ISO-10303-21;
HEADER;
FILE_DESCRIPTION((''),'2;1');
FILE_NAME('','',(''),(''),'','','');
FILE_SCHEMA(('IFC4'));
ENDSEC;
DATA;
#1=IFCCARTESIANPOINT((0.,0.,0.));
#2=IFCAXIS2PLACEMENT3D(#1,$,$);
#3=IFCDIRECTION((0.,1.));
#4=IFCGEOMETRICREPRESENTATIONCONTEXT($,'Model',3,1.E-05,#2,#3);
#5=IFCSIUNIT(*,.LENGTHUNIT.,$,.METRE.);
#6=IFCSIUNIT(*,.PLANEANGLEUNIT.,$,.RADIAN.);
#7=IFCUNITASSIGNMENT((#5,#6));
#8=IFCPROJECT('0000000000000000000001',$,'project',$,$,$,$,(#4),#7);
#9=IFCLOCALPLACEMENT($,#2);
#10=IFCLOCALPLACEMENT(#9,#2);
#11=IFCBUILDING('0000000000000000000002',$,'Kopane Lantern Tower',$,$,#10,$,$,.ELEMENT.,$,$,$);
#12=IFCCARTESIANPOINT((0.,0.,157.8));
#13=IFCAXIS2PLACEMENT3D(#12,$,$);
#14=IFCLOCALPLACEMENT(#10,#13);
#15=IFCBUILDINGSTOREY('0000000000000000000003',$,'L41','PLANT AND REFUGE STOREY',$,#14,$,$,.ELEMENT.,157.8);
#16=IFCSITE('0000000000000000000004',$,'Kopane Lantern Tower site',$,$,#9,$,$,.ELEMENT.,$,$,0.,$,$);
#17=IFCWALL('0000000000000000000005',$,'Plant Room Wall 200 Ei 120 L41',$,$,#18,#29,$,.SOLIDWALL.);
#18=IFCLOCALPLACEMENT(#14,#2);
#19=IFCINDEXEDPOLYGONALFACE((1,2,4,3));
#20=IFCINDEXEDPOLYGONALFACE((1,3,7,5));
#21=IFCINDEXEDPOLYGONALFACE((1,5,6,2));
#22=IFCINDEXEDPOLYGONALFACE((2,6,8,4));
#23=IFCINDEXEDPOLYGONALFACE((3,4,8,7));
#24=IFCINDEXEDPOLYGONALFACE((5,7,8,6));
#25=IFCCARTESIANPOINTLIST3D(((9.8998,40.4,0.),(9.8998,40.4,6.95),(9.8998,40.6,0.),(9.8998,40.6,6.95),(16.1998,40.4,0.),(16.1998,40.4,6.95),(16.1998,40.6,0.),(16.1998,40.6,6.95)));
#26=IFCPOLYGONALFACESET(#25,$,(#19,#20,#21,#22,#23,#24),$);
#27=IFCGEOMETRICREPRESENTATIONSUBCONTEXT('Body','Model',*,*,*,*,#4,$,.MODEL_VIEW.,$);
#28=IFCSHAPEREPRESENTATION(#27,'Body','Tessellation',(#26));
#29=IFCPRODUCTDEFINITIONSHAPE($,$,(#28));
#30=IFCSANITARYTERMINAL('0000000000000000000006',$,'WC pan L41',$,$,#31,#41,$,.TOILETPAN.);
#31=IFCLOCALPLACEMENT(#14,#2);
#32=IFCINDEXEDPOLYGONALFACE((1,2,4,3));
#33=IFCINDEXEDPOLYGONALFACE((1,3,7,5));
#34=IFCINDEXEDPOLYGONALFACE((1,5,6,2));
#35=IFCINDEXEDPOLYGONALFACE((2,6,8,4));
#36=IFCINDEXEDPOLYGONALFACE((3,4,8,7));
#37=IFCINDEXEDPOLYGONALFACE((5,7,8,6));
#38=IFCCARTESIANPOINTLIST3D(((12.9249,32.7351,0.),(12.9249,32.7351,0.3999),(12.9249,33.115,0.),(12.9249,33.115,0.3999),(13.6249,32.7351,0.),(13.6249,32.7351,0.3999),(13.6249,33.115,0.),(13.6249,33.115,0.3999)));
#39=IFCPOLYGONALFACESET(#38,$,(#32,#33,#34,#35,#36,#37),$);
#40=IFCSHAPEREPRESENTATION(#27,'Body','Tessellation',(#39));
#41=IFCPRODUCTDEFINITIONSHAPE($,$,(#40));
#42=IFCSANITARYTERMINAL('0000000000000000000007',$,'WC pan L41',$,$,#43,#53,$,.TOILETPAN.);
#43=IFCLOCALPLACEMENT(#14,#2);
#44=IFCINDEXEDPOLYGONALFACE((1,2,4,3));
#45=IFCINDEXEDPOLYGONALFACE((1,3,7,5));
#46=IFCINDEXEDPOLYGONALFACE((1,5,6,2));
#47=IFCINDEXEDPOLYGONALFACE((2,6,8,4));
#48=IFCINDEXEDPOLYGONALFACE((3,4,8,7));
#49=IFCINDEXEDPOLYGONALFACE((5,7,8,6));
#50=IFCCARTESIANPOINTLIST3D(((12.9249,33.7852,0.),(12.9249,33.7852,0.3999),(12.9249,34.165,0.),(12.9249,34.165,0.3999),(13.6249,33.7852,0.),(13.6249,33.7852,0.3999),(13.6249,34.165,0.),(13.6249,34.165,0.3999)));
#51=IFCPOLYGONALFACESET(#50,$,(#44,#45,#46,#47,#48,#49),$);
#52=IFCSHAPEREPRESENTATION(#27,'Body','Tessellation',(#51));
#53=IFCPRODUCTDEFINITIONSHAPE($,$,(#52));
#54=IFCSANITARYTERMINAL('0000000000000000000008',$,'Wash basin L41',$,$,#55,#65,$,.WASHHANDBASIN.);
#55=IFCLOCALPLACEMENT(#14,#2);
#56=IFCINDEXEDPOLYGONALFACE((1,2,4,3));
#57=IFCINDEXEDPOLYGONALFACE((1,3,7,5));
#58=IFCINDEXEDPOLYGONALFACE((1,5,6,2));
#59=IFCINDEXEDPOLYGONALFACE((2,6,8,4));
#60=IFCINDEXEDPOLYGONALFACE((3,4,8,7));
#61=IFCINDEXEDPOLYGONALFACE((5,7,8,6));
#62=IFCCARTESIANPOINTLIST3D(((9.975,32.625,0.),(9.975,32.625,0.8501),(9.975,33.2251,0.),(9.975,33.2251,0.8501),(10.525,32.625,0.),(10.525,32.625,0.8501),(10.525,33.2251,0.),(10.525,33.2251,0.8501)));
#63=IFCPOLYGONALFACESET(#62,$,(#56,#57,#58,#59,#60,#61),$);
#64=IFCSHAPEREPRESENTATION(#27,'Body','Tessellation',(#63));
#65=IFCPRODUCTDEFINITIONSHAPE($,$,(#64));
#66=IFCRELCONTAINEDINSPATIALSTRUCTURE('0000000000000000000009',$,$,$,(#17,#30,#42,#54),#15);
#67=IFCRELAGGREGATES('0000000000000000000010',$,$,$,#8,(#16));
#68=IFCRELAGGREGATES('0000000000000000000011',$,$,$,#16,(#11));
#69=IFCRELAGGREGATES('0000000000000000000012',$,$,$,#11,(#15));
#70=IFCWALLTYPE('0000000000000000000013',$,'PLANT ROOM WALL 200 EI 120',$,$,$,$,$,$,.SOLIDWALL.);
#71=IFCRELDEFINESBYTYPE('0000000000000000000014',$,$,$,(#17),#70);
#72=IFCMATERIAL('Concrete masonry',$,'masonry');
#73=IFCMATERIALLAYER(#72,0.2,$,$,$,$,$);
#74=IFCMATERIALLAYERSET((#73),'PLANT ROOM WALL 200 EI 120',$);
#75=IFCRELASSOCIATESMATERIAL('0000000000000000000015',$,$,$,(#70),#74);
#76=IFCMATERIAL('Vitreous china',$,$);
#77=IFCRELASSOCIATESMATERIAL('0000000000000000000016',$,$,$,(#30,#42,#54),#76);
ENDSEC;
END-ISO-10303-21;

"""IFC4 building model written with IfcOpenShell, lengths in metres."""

from ifc_helpers import new_model, si_unit, direction, frame, frame_2d, origin, origin_2d, place, context, subcontext, project, spatial, rectangle, extrude, material, layer, layer_set, type_object, element, save


model = new_model("IFC4")

# Units and contexts
model_context = context("Model", 3, precision=1e-05, world=origin(), true_north=direction((0.0, 1.0)))
body_context = subcontext(model_context, "Body", "Model", "MODEL_VIEW")
ifc_project = project(units=[si_unit("LENGTHUNIT", "METRE"), si_unit("PLANEANGLEUNIT", "RADIAN")], contexts=[model_context])

# Site, building, storey
site_placement = place(None, origin())
site = spatial("IfcSite", under=ifc_project, at=site_placement, Name="Kopane Lantern Tower site", CompositionType="ELEMENT", RefElevation=0.0)
building_placement = place(site_placement, origin())
building = spatial("IfcBuilding", under=site, at=building_placement, Name="Kopane Lantern Tower", CompositionType="ELEMENT")
storey_placement = place(building_placement, frame((0.0, 0.0, 157.8)))
storey = spatial("IfcBuildingStorey", under=building, at=storey_placement, Name="L41", Description="PLANT AND REFUGE STOREY", CompositionType="ELEMENT", Elevation=157.8)

# Wall
ifc_material_1 = material(Name="Concrete masonry", Category="masonry")
ifc_layer_1 = layer(ifc_material_1, 0.2)
ifc_layer_set_1 = layer_set([ifc_layer_1], Name="PLANT ROOM WALL 200 EI 120")
wall_type_1 = type_object("IfcWallType", Name="PLANT ROOM WALL 200 EI 120", PredefinedType="SOLIDWALL", material=ifc_layer_set_1)
wall_1_placement = place(storey_placement, frame((9.8999, 40.5, 0.0), z_axis=(0.0, 0.0, 1.0), x_axis=(1.0, 0.0, 0.0)))
element("IfcWall", 1, at=wall_1_placement, inside=storey, type_object=wall_type_1, Name="Plant Room Wall 200 Ei 120 L41", PredefinedType="SOLIDWALL", context=body_context, shape_type="SweptSolid", body=[
    extrude(rectangle(XDim=6.3, YDim=0.2, at=frame_2d((3.1499, 0.0))), origin(), (0.0, 0.0, 1.0), 6.95),
])

# Sanitary terminals
ifc_material_2 = material(Name="Vitreous china")
for number, where, z_axis, x_axis, name in (
    (2, (13.2749, 32.925, 0.0), (0.0, 0.0, 1.0), (1.0, 0.0, 0.0), "WC pan L41"),
    (3, (13.2749, 33.9751, 0.0), (0.0, 0.0, 1.0), (1.0, 0.0, 0.0), "WC pan L41"),
):
    element("IfcSanitaryTerminal", number, at=place(storey_placement, frame(where, z_axis=z_axis, x_axis=x_axis)), inside=storey, material=ifc_material_2, Name=name, PredefinedType="TOILETPAN", context=body_context, shape_type="SweptSolid", body=[
        extrude(rectangle(XDim=0.7, YDim=0.3799, at=origin_2d()), origin(), (0.0, 0.0, 1.0), 0.3999),
    ])
sanitary_terminal_placement = place(storey_placement, frame((10.25, 32.925, 0.0), z_axis=(0.0, 0.0, 1.0), x_axis=(1.0, 0.0, 0.0)))
element("IfcSanitaryTerminal", 4, at=sanitary_terminal_placement, inside=storey, material=ifc_material_2, Name="Wash basin L41", PredefinedType="WASHHANDBASIN", context=body_context, shape_type="SweptSolid", body=[
    extrude(rectangle(XDim=0.55, YDim=0.6001, at=origin_2d()), origin(), (0.0, 0.0, 1.0), 0.8501),
])

save(model, "model.ifc")
